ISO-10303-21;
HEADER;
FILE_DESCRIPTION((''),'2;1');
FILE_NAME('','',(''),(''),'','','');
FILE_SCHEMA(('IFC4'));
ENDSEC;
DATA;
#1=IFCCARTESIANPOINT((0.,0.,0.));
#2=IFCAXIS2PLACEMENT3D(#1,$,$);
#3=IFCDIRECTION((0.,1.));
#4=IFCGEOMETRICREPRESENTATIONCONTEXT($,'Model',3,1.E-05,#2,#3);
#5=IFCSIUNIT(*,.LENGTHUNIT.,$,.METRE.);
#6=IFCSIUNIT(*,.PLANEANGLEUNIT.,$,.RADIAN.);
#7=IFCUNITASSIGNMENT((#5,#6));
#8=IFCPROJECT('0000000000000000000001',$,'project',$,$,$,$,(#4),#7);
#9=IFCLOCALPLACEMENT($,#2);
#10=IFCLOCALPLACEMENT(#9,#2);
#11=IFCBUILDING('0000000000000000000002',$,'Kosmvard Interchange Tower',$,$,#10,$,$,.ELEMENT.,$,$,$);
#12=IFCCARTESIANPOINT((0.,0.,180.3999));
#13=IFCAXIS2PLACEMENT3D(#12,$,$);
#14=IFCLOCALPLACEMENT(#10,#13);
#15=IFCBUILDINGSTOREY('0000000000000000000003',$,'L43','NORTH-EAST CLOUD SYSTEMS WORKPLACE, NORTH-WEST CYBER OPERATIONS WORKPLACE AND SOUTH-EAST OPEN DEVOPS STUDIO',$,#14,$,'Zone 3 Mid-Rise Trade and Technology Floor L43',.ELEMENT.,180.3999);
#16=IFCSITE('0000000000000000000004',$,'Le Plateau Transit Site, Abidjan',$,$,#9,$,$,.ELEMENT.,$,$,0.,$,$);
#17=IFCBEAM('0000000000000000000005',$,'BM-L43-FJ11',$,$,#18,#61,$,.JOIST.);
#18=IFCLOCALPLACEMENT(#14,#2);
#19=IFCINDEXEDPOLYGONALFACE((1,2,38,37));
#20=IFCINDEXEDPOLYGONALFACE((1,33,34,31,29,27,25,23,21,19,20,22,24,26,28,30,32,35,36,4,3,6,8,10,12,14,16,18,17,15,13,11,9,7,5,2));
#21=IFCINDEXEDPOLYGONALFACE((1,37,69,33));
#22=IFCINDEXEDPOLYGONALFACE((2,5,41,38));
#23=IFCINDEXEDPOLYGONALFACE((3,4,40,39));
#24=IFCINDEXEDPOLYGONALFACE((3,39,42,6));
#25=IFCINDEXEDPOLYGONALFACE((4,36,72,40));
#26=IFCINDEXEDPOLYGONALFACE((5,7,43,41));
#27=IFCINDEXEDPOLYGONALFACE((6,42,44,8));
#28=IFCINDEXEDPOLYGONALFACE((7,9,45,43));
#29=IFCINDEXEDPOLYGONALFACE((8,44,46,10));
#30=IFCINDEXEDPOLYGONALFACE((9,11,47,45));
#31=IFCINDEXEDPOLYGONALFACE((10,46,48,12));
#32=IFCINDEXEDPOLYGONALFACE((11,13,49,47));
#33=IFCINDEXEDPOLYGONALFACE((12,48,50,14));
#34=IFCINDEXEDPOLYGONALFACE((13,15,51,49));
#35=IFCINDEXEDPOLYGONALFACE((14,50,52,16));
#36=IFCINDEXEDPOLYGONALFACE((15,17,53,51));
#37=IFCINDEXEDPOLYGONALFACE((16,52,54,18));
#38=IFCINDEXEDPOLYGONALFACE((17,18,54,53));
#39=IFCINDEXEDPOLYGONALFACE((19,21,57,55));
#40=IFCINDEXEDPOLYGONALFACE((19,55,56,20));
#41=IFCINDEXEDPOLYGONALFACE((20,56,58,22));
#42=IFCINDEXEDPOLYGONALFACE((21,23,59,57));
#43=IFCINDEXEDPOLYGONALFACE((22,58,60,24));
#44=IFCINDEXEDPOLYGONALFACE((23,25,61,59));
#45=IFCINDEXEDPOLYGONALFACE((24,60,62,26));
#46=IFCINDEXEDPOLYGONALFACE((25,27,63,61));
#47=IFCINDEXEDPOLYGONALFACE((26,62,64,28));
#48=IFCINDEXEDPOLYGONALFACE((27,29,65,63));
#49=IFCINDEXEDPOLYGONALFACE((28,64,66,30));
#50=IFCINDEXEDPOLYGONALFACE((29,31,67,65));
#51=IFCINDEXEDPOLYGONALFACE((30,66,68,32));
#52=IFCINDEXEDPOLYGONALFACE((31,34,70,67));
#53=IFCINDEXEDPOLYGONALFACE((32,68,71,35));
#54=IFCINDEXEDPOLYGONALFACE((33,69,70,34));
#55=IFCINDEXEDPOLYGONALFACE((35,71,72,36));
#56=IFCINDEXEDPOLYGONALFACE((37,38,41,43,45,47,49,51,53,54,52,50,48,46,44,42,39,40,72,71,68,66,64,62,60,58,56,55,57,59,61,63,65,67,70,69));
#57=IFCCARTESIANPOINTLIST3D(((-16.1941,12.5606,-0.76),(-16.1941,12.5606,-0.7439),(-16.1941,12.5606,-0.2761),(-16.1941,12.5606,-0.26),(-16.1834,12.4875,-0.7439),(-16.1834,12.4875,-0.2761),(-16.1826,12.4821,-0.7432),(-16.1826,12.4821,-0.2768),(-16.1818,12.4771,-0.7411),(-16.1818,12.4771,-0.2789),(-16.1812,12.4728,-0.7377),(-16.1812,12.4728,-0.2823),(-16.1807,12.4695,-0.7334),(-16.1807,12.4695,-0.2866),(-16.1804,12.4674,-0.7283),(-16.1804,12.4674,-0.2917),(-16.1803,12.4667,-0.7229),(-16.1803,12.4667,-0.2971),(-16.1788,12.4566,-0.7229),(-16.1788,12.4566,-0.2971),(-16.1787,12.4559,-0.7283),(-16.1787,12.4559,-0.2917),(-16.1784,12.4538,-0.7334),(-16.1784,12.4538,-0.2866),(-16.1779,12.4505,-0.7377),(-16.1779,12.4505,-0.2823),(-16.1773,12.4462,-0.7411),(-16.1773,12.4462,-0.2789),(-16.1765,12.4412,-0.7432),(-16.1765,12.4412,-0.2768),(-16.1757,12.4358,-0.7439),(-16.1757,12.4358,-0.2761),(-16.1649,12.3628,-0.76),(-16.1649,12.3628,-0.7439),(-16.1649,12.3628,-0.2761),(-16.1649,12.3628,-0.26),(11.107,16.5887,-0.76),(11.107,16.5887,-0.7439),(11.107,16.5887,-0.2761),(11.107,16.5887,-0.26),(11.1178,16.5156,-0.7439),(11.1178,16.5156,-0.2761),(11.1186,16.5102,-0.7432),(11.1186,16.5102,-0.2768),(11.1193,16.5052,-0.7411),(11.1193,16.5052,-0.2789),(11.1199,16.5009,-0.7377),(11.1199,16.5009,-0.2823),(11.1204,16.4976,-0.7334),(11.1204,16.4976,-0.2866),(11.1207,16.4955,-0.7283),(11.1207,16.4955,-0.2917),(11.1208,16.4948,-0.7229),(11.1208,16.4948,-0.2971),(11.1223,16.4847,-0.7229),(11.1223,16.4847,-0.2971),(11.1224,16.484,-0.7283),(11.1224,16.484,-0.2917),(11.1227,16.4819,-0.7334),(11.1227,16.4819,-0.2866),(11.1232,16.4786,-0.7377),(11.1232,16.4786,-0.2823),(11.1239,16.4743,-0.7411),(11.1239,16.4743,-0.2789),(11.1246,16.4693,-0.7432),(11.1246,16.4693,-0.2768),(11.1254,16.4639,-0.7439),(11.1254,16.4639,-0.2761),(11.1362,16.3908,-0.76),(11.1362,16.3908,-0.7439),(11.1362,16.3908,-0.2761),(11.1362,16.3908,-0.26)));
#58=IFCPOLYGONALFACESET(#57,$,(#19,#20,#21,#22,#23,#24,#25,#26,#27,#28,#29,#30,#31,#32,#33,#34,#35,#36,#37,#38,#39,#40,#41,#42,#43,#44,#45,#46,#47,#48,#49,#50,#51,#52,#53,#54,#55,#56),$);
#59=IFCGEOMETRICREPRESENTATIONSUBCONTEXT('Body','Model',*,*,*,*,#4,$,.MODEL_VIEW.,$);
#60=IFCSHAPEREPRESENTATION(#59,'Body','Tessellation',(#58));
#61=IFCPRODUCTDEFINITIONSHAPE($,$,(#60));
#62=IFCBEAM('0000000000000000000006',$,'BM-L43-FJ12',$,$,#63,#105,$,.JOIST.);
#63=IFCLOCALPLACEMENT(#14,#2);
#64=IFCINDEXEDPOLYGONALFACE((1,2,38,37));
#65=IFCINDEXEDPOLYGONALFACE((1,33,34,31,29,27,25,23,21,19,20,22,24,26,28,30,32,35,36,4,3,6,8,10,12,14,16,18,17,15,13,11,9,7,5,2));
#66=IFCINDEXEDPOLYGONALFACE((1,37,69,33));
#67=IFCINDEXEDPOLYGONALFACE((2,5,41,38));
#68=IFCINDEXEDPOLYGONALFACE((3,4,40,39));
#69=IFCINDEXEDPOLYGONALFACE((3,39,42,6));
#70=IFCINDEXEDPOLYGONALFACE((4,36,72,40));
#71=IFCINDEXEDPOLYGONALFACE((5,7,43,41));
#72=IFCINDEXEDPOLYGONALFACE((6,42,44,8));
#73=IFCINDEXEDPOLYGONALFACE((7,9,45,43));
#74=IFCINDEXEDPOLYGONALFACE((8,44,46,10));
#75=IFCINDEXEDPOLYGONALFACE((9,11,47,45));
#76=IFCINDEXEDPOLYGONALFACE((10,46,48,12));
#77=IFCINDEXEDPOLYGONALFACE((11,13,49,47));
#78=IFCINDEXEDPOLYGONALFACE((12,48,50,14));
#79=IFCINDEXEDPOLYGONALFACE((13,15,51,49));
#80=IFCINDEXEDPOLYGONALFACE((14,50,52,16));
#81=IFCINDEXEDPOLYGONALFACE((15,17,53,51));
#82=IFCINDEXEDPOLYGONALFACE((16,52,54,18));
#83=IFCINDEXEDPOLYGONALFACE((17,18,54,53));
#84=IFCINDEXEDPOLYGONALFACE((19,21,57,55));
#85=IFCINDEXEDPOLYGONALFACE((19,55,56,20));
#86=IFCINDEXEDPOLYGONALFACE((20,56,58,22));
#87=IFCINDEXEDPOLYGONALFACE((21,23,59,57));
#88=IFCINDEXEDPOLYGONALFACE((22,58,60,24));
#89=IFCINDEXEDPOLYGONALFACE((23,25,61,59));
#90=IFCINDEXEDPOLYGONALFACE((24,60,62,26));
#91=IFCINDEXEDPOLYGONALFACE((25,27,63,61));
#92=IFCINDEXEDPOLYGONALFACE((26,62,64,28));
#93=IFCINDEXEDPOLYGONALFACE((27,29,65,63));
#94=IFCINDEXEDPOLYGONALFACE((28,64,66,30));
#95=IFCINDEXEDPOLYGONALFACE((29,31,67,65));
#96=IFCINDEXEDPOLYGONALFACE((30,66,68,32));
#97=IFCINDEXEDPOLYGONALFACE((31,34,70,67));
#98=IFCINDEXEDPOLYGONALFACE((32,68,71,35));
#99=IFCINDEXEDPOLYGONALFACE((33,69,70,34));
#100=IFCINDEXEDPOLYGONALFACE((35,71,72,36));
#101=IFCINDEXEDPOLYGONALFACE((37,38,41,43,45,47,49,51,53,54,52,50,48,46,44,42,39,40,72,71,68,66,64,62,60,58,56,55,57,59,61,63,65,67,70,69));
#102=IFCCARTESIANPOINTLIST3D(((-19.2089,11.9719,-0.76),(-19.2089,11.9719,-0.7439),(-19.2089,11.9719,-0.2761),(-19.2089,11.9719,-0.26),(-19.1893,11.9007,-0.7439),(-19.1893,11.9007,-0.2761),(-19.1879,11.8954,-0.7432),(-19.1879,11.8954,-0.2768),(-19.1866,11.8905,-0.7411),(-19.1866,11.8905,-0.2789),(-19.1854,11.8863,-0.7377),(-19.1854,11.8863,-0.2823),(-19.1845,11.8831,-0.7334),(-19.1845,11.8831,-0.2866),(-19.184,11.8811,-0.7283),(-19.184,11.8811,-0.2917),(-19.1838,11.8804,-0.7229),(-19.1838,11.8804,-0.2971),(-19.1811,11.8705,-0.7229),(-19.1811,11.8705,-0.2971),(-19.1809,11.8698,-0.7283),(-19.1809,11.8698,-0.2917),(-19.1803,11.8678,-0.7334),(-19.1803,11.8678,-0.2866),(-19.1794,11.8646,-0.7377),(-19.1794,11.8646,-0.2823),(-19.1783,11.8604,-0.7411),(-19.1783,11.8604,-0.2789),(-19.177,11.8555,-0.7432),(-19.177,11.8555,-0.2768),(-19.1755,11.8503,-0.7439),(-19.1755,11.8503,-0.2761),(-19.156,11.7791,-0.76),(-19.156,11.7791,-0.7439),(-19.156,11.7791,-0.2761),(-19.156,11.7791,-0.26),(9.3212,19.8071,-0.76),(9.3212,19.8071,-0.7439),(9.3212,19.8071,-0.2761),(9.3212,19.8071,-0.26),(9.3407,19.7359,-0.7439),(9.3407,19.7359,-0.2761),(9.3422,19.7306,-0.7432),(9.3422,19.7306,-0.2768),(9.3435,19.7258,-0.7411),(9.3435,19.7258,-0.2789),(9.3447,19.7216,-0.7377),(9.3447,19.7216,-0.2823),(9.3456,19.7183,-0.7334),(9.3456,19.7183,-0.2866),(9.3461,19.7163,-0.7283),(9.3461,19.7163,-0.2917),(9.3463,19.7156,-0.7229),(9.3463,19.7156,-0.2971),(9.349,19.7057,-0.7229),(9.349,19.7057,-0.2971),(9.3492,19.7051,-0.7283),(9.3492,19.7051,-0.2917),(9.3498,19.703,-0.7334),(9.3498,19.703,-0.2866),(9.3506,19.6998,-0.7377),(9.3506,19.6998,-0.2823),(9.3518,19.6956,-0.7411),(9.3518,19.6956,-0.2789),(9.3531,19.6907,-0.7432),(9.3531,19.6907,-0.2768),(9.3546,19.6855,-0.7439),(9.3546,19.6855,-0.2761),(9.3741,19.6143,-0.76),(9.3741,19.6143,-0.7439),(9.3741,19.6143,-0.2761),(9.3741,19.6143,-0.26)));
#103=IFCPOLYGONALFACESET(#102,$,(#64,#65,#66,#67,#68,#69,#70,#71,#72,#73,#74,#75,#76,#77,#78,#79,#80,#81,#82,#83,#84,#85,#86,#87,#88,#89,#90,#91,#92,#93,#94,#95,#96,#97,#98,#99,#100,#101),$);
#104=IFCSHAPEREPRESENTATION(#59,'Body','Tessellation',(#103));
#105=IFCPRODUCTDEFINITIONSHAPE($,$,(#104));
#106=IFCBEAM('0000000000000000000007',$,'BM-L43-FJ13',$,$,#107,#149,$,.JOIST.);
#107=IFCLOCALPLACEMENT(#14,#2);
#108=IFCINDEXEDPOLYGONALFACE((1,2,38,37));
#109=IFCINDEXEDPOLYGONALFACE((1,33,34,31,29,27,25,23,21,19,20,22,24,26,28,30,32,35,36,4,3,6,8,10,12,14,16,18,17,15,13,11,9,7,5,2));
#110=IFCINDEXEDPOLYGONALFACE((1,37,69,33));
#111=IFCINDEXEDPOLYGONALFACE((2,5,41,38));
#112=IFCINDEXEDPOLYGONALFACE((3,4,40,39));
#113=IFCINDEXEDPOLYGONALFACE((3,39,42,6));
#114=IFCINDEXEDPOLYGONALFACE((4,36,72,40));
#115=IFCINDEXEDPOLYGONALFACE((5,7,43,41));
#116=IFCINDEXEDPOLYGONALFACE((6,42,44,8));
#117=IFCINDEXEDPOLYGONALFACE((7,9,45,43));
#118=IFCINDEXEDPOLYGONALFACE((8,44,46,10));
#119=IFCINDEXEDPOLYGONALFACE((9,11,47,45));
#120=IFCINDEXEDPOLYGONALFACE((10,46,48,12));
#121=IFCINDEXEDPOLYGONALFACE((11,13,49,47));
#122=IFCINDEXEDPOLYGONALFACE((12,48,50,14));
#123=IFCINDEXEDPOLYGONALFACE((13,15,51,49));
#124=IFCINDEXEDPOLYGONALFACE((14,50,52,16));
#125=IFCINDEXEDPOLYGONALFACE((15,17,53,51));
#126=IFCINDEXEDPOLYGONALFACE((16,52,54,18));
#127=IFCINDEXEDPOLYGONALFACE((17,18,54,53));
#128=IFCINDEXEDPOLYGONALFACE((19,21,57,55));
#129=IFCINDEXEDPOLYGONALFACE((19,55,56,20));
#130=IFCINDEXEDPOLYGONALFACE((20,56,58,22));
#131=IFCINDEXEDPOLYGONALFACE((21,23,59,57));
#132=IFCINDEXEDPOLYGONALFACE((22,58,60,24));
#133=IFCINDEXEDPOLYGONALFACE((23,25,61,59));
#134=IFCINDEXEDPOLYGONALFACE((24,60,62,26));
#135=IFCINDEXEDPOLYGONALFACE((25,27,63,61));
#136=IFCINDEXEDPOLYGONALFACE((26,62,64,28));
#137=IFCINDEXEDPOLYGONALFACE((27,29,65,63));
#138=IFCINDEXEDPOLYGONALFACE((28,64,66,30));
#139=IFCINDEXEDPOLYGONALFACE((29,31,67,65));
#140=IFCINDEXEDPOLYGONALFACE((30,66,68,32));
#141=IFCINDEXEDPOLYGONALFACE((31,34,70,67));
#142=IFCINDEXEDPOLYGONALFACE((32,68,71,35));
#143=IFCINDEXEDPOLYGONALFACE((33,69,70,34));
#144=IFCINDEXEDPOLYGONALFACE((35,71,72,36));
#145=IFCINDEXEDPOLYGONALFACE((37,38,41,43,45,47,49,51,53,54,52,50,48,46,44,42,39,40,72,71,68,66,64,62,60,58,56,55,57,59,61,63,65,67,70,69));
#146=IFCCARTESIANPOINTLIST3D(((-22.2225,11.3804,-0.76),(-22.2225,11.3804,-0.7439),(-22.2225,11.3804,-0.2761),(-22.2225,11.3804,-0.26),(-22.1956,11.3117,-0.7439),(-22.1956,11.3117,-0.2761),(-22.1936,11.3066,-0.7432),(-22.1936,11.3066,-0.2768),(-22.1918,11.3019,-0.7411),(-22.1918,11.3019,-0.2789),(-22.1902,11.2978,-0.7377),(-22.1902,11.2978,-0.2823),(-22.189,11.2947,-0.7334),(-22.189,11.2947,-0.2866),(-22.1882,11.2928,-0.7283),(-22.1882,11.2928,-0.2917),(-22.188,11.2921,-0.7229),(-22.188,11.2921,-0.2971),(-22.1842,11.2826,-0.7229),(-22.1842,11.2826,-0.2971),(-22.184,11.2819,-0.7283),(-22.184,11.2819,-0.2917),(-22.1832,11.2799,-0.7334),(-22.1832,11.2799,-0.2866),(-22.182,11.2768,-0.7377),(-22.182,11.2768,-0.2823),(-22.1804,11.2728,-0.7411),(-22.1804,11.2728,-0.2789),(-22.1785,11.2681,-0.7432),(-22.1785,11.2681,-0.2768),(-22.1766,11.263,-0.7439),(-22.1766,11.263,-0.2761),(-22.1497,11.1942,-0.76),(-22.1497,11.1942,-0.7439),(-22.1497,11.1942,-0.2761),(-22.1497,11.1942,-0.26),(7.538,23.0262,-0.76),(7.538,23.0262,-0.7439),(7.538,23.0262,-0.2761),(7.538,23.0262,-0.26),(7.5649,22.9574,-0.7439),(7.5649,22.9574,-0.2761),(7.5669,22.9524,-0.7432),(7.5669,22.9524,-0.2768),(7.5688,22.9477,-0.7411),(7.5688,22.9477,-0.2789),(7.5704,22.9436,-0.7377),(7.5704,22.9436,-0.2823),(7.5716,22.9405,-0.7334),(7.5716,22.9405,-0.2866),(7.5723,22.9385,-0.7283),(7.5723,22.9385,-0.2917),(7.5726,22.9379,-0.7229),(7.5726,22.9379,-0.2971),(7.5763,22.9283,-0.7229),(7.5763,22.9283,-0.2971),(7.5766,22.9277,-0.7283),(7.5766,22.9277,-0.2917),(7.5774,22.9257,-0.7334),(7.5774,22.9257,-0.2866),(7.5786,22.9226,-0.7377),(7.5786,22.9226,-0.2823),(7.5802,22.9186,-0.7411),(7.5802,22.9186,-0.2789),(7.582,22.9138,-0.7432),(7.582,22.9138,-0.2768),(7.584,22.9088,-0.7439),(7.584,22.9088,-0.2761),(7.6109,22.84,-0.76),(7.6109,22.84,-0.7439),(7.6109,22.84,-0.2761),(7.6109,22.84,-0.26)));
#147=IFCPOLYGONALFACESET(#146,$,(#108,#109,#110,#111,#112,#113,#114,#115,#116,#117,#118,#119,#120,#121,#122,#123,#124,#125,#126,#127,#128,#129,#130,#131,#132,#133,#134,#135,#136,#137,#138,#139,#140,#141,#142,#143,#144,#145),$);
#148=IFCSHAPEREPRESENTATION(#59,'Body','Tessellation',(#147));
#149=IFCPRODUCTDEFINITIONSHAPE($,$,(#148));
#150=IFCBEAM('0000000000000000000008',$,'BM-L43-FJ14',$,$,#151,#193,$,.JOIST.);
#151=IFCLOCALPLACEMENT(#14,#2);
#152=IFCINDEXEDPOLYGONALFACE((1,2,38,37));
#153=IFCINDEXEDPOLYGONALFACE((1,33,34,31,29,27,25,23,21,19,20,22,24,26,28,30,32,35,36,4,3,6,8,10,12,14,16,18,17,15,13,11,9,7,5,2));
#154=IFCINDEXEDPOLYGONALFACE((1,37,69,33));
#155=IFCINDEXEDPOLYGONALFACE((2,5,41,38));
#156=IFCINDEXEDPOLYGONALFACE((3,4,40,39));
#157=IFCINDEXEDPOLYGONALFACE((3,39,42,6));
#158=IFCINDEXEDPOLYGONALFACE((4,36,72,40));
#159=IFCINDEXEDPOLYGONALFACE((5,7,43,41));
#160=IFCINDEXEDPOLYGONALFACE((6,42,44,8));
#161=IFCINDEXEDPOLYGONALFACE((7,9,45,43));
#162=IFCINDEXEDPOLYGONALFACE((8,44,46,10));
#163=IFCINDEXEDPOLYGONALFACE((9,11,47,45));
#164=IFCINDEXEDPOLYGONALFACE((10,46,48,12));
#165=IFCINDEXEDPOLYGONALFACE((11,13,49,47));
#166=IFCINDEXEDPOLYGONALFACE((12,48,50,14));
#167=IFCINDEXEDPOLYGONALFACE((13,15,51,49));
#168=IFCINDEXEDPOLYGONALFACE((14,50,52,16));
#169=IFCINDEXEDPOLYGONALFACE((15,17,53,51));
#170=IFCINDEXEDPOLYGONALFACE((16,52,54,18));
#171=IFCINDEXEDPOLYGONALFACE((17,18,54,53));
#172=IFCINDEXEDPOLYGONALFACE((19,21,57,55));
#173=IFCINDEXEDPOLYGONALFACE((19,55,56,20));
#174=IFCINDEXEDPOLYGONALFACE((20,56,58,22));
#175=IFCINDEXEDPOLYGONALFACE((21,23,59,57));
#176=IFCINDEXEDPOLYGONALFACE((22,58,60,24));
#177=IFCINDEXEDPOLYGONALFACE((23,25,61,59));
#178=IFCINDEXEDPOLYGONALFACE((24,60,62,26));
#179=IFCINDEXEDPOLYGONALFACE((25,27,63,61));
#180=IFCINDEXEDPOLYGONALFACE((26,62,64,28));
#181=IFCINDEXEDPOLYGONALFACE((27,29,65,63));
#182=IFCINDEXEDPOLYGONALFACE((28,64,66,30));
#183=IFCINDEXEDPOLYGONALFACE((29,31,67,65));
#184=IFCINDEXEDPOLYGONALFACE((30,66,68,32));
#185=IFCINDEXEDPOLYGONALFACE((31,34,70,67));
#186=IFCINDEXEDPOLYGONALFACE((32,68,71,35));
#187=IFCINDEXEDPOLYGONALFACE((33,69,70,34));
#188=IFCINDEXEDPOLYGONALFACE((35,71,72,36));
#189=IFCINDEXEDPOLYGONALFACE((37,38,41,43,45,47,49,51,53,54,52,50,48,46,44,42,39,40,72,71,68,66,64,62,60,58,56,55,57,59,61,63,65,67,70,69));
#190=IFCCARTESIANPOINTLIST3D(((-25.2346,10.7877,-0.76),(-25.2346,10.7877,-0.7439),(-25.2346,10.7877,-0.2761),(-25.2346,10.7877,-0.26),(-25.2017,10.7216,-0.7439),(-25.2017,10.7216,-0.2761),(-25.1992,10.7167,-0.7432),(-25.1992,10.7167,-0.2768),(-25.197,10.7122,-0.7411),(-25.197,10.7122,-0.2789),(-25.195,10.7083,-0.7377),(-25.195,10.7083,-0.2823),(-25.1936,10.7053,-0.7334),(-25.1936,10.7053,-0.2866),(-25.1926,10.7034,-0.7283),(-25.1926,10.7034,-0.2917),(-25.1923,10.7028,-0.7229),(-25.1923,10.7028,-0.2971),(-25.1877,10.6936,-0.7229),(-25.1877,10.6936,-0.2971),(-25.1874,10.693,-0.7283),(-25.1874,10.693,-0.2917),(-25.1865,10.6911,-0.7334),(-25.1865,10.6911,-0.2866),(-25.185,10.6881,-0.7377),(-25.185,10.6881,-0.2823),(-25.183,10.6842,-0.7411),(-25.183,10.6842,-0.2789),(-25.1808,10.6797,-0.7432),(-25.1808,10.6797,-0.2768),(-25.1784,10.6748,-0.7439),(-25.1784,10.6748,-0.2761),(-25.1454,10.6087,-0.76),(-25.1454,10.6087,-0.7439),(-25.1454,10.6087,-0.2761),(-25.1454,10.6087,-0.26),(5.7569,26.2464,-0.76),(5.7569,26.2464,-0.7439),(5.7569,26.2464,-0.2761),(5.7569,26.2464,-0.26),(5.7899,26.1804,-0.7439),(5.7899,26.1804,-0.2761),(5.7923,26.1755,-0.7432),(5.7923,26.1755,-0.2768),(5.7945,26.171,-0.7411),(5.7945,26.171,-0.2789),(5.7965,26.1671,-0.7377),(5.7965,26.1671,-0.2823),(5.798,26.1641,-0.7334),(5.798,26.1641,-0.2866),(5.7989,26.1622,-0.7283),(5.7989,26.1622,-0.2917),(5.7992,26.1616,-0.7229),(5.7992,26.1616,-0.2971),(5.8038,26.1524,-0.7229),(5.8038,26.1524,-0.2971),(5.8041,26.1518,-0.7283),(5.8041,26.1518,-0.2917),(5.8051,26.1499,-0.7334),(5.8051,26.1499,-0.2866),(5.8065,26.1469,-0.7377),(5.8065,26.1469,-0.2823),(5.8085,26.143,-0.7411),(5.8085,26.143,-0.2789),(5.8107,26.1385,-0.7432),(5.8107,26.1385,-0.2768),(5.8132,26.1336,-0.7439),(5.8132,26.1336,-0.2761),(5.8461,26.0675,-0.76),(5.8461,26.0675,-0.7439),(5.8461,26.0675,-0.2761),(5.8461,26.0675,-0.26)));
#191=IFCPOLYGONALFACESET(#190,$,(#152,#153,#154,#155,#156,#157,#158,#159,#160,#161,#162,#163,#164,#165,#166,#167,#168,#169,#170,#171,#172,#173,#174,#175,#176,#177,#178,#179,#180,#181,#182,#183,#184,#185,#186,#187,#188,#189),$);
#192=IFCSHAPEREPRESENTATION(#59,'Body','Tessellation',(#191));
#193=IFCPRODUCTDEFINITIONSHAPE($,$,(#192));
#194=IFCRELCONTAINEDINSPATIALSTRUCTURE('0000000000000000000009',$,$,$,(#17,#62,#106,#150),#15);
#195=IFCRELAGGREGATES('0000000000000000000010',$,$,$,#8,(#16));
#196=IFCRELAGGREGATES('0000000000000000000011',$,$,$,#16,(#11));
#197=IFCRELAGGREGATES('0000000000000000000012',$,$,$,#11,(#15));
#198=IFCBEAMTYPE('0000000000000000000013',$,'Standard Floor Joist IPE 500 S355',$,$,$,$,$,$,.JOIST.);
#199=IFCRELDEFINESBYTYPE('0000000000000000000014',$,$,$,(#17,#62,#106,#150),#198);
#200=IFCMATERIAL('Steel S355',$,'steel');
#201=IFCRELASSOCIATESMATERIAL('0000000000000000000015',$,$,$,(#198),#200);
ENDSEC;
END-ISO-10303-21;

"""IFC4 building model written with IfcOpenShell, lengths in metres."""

from ifc_helpers import new_model, si_unit, direction, frame, origin, origin_2d, place, context, subcontext, project, spatial, i_section, extrude, source, transform, mapped, material, material_profile, profile_set, type_object, element, save


model = new_model("IFC4")

# Units and contexts
model_context = context("Model", 3, precision=1e-05, world=origin(), true_north=direction((0.0, 1.0)))
body_context = subcontext(model_context, "Body", "Model", "MODEL_VIEW")
ifc_project = project(units=[si_unit("LENGTHUNIT", "METRE"), si_unit("PLANEANGLEUNIT", "RADIAN")], contexts=[model_context])

# Site, building, storey
site_placement = place(None, origin())
site = spatial("IfcSite", under=ifc_project, at=site_placement, Name="Le Plateau Transit Site, Abidjan", CompositionType="ELEMENT", RefElevation=0.0)
building_placement = place(site_placement, origin())
building = spatial("IfcBuilding", under=site, at=building_placement, Name="Kosmvard Interchange Tower", CompositionType="ELEMENT")
storey_placement = place(building_placement, frame((0.0, 0.0, 180.3999)))
storey = spatial("IfcBuildingStorey", under=building, at=storey_placement, Name="L43", Description="NORTH-EAST CLOUD SYSTEMS WORKPLACE, NORTH-WEST CYBER OPERATIONS WORKPLACE AND SOUTH-EAST OPEN DEVOPS STUDIO", LongName="Zone 3 Mid-Rise Trade and Technology Floor L43", CompositionType="ELEMENT", Elevation=180.3999)

# Beams
ifc_material_1 = material(Name="Steel S355", Category="steel")
ifc_material_profile_1 = material_profile(ifc_material_1, i_section(OverallWidth=0.2, OverallDepth=0.5, WebThickness=0.0103, FlangeThickness=0.0161, FilletRadius=0.021, at=origin_2d()), Name="IPE 500")
ifc_profile_set_1 = profile_set([ifc_material_profile_1], Name="Steel S355")
beam_type_1 = type_object("IfcBeamType", Name="Standard Floor Joist IPE 500 S355", PredefinedType="JOIST", material=ifc_profile_set_1)
shared_shape_1 = source(origin(), body_context, "Body", "SweptSolid", [
    extrude(i_section(OverallWidth=0.2, OverallDepth=0.5, WebThickness=0.0103, FlangeThickness=0.0161, FilletRadius=0.021, at=origin_2d()), origin(), (0.0, 0.0, 1.0), 27.5967),
])
beam_1_placement = place(storey_placement, frame((11.1216, 16.4897, -0.51), z_axis=(-0.98929, -0.145963, 0.0), x_axis=(0.145963, -0.98929, 0.0)))
element("IfcBeam", 1, at=beam_1_placement, inside=storey, type_object=beam_type_1, Name="BM-L43-FJ11", PredefinedType="JOIST", context=body_context, shape_type="MappedRepresentation", body=[
    mapped(shared_shape_1, transform((0.0, 0.0, 0.0), scale=1.0)),
])
shared_shape_2 = source(origin(), body_context, "Body", "SweptSolid", [
    extrude(i_section(OverallWidth=0.2, OverallDepth=0.5, WebThickness=0.0103, FlangeThickness=0.0161, FilletRadius=0.021, at=origin_2d()), origin(), (0.0, 0.0, 1.0), 29.5864),
])
beam_2_placement = place(storey_placement, frame((9.3477, 19.7107, -0.51), z_axis=(-0.964297, -0.264825, 0.0), x_axis=(0.264825, -0.964297, 0.0)))
element("IfcBeam", 2, at=beam_2_placement, inside=storey, type_object=beam_type_1, Name="BM-L43-FJ12", PredefinedType="JOIST", context=body_context, shape_type="MappedRepresentation", body=[
    mapped(shared_shape_2, transform((0.0, 0.0, 0.0), scale=1.0)),
])
shared_shape_3 = source(origin(), body_context, "Body", "SweptSolid", [
    extrude(i_section(OverallWidth=0.2, OverallDepth=0.5, WebThickness=0.0103, FlangeThickness=0.0161, FilletRadius=0.021, at=origin_2d()), origin(), (0.0, 0.0, 1.0), 31.958),
])
beam_3_placement = place(storey_placement, frame((7.5745, 22.9331, -0.51), z_axis=(-0.931239, -0.364409, 0.0), x_axis=(0.364409, -0.931239, 0.0)))
element("IfcBeam", 3, at=beam_3_placement, inside=storey, type_object=beam_type_1, Name="BM-L43-FJ13", PredefinedType="JOIST", context=body_context, shape_type="MappedRepresentation", body=[
    mapped(shared_shape_3, transform((0.0, 0.0, 0.0), scale=1.0)),
])
shared_shape_4 = source(origin(), body_context, "Body", "SweptSolid", [
    extrude(i_section(OverallWidth=0.2, OverallDepth=0.5, WebThickness=0.0103, FlangeThickness=0.0161, FilletRadius=0.021, at=origin_2d()), origin(), (0.0, 0.0, 1.0), 34.6331),
])
beam_4_placement = place(storey_placement, frame((5.8015, 26.157, -0.51), z_axis=(-0.894854, -0.446359, 0.0), x_axis=(0.446359, -0.894854, 0.0)))
element("IfcBeam", 4, at=beam_4_placement, inside=storey, type_object=beam_type_1, Name="BM-L43-FJ14", PredefinedType="JOIST", context=body_context, shape_type="MappedRepresentation", body=[
    mapped(shared_shape_4, transform((0.0, 0.0, 0.0), scale=1.0)),
])

save(model, "model.ifc")
